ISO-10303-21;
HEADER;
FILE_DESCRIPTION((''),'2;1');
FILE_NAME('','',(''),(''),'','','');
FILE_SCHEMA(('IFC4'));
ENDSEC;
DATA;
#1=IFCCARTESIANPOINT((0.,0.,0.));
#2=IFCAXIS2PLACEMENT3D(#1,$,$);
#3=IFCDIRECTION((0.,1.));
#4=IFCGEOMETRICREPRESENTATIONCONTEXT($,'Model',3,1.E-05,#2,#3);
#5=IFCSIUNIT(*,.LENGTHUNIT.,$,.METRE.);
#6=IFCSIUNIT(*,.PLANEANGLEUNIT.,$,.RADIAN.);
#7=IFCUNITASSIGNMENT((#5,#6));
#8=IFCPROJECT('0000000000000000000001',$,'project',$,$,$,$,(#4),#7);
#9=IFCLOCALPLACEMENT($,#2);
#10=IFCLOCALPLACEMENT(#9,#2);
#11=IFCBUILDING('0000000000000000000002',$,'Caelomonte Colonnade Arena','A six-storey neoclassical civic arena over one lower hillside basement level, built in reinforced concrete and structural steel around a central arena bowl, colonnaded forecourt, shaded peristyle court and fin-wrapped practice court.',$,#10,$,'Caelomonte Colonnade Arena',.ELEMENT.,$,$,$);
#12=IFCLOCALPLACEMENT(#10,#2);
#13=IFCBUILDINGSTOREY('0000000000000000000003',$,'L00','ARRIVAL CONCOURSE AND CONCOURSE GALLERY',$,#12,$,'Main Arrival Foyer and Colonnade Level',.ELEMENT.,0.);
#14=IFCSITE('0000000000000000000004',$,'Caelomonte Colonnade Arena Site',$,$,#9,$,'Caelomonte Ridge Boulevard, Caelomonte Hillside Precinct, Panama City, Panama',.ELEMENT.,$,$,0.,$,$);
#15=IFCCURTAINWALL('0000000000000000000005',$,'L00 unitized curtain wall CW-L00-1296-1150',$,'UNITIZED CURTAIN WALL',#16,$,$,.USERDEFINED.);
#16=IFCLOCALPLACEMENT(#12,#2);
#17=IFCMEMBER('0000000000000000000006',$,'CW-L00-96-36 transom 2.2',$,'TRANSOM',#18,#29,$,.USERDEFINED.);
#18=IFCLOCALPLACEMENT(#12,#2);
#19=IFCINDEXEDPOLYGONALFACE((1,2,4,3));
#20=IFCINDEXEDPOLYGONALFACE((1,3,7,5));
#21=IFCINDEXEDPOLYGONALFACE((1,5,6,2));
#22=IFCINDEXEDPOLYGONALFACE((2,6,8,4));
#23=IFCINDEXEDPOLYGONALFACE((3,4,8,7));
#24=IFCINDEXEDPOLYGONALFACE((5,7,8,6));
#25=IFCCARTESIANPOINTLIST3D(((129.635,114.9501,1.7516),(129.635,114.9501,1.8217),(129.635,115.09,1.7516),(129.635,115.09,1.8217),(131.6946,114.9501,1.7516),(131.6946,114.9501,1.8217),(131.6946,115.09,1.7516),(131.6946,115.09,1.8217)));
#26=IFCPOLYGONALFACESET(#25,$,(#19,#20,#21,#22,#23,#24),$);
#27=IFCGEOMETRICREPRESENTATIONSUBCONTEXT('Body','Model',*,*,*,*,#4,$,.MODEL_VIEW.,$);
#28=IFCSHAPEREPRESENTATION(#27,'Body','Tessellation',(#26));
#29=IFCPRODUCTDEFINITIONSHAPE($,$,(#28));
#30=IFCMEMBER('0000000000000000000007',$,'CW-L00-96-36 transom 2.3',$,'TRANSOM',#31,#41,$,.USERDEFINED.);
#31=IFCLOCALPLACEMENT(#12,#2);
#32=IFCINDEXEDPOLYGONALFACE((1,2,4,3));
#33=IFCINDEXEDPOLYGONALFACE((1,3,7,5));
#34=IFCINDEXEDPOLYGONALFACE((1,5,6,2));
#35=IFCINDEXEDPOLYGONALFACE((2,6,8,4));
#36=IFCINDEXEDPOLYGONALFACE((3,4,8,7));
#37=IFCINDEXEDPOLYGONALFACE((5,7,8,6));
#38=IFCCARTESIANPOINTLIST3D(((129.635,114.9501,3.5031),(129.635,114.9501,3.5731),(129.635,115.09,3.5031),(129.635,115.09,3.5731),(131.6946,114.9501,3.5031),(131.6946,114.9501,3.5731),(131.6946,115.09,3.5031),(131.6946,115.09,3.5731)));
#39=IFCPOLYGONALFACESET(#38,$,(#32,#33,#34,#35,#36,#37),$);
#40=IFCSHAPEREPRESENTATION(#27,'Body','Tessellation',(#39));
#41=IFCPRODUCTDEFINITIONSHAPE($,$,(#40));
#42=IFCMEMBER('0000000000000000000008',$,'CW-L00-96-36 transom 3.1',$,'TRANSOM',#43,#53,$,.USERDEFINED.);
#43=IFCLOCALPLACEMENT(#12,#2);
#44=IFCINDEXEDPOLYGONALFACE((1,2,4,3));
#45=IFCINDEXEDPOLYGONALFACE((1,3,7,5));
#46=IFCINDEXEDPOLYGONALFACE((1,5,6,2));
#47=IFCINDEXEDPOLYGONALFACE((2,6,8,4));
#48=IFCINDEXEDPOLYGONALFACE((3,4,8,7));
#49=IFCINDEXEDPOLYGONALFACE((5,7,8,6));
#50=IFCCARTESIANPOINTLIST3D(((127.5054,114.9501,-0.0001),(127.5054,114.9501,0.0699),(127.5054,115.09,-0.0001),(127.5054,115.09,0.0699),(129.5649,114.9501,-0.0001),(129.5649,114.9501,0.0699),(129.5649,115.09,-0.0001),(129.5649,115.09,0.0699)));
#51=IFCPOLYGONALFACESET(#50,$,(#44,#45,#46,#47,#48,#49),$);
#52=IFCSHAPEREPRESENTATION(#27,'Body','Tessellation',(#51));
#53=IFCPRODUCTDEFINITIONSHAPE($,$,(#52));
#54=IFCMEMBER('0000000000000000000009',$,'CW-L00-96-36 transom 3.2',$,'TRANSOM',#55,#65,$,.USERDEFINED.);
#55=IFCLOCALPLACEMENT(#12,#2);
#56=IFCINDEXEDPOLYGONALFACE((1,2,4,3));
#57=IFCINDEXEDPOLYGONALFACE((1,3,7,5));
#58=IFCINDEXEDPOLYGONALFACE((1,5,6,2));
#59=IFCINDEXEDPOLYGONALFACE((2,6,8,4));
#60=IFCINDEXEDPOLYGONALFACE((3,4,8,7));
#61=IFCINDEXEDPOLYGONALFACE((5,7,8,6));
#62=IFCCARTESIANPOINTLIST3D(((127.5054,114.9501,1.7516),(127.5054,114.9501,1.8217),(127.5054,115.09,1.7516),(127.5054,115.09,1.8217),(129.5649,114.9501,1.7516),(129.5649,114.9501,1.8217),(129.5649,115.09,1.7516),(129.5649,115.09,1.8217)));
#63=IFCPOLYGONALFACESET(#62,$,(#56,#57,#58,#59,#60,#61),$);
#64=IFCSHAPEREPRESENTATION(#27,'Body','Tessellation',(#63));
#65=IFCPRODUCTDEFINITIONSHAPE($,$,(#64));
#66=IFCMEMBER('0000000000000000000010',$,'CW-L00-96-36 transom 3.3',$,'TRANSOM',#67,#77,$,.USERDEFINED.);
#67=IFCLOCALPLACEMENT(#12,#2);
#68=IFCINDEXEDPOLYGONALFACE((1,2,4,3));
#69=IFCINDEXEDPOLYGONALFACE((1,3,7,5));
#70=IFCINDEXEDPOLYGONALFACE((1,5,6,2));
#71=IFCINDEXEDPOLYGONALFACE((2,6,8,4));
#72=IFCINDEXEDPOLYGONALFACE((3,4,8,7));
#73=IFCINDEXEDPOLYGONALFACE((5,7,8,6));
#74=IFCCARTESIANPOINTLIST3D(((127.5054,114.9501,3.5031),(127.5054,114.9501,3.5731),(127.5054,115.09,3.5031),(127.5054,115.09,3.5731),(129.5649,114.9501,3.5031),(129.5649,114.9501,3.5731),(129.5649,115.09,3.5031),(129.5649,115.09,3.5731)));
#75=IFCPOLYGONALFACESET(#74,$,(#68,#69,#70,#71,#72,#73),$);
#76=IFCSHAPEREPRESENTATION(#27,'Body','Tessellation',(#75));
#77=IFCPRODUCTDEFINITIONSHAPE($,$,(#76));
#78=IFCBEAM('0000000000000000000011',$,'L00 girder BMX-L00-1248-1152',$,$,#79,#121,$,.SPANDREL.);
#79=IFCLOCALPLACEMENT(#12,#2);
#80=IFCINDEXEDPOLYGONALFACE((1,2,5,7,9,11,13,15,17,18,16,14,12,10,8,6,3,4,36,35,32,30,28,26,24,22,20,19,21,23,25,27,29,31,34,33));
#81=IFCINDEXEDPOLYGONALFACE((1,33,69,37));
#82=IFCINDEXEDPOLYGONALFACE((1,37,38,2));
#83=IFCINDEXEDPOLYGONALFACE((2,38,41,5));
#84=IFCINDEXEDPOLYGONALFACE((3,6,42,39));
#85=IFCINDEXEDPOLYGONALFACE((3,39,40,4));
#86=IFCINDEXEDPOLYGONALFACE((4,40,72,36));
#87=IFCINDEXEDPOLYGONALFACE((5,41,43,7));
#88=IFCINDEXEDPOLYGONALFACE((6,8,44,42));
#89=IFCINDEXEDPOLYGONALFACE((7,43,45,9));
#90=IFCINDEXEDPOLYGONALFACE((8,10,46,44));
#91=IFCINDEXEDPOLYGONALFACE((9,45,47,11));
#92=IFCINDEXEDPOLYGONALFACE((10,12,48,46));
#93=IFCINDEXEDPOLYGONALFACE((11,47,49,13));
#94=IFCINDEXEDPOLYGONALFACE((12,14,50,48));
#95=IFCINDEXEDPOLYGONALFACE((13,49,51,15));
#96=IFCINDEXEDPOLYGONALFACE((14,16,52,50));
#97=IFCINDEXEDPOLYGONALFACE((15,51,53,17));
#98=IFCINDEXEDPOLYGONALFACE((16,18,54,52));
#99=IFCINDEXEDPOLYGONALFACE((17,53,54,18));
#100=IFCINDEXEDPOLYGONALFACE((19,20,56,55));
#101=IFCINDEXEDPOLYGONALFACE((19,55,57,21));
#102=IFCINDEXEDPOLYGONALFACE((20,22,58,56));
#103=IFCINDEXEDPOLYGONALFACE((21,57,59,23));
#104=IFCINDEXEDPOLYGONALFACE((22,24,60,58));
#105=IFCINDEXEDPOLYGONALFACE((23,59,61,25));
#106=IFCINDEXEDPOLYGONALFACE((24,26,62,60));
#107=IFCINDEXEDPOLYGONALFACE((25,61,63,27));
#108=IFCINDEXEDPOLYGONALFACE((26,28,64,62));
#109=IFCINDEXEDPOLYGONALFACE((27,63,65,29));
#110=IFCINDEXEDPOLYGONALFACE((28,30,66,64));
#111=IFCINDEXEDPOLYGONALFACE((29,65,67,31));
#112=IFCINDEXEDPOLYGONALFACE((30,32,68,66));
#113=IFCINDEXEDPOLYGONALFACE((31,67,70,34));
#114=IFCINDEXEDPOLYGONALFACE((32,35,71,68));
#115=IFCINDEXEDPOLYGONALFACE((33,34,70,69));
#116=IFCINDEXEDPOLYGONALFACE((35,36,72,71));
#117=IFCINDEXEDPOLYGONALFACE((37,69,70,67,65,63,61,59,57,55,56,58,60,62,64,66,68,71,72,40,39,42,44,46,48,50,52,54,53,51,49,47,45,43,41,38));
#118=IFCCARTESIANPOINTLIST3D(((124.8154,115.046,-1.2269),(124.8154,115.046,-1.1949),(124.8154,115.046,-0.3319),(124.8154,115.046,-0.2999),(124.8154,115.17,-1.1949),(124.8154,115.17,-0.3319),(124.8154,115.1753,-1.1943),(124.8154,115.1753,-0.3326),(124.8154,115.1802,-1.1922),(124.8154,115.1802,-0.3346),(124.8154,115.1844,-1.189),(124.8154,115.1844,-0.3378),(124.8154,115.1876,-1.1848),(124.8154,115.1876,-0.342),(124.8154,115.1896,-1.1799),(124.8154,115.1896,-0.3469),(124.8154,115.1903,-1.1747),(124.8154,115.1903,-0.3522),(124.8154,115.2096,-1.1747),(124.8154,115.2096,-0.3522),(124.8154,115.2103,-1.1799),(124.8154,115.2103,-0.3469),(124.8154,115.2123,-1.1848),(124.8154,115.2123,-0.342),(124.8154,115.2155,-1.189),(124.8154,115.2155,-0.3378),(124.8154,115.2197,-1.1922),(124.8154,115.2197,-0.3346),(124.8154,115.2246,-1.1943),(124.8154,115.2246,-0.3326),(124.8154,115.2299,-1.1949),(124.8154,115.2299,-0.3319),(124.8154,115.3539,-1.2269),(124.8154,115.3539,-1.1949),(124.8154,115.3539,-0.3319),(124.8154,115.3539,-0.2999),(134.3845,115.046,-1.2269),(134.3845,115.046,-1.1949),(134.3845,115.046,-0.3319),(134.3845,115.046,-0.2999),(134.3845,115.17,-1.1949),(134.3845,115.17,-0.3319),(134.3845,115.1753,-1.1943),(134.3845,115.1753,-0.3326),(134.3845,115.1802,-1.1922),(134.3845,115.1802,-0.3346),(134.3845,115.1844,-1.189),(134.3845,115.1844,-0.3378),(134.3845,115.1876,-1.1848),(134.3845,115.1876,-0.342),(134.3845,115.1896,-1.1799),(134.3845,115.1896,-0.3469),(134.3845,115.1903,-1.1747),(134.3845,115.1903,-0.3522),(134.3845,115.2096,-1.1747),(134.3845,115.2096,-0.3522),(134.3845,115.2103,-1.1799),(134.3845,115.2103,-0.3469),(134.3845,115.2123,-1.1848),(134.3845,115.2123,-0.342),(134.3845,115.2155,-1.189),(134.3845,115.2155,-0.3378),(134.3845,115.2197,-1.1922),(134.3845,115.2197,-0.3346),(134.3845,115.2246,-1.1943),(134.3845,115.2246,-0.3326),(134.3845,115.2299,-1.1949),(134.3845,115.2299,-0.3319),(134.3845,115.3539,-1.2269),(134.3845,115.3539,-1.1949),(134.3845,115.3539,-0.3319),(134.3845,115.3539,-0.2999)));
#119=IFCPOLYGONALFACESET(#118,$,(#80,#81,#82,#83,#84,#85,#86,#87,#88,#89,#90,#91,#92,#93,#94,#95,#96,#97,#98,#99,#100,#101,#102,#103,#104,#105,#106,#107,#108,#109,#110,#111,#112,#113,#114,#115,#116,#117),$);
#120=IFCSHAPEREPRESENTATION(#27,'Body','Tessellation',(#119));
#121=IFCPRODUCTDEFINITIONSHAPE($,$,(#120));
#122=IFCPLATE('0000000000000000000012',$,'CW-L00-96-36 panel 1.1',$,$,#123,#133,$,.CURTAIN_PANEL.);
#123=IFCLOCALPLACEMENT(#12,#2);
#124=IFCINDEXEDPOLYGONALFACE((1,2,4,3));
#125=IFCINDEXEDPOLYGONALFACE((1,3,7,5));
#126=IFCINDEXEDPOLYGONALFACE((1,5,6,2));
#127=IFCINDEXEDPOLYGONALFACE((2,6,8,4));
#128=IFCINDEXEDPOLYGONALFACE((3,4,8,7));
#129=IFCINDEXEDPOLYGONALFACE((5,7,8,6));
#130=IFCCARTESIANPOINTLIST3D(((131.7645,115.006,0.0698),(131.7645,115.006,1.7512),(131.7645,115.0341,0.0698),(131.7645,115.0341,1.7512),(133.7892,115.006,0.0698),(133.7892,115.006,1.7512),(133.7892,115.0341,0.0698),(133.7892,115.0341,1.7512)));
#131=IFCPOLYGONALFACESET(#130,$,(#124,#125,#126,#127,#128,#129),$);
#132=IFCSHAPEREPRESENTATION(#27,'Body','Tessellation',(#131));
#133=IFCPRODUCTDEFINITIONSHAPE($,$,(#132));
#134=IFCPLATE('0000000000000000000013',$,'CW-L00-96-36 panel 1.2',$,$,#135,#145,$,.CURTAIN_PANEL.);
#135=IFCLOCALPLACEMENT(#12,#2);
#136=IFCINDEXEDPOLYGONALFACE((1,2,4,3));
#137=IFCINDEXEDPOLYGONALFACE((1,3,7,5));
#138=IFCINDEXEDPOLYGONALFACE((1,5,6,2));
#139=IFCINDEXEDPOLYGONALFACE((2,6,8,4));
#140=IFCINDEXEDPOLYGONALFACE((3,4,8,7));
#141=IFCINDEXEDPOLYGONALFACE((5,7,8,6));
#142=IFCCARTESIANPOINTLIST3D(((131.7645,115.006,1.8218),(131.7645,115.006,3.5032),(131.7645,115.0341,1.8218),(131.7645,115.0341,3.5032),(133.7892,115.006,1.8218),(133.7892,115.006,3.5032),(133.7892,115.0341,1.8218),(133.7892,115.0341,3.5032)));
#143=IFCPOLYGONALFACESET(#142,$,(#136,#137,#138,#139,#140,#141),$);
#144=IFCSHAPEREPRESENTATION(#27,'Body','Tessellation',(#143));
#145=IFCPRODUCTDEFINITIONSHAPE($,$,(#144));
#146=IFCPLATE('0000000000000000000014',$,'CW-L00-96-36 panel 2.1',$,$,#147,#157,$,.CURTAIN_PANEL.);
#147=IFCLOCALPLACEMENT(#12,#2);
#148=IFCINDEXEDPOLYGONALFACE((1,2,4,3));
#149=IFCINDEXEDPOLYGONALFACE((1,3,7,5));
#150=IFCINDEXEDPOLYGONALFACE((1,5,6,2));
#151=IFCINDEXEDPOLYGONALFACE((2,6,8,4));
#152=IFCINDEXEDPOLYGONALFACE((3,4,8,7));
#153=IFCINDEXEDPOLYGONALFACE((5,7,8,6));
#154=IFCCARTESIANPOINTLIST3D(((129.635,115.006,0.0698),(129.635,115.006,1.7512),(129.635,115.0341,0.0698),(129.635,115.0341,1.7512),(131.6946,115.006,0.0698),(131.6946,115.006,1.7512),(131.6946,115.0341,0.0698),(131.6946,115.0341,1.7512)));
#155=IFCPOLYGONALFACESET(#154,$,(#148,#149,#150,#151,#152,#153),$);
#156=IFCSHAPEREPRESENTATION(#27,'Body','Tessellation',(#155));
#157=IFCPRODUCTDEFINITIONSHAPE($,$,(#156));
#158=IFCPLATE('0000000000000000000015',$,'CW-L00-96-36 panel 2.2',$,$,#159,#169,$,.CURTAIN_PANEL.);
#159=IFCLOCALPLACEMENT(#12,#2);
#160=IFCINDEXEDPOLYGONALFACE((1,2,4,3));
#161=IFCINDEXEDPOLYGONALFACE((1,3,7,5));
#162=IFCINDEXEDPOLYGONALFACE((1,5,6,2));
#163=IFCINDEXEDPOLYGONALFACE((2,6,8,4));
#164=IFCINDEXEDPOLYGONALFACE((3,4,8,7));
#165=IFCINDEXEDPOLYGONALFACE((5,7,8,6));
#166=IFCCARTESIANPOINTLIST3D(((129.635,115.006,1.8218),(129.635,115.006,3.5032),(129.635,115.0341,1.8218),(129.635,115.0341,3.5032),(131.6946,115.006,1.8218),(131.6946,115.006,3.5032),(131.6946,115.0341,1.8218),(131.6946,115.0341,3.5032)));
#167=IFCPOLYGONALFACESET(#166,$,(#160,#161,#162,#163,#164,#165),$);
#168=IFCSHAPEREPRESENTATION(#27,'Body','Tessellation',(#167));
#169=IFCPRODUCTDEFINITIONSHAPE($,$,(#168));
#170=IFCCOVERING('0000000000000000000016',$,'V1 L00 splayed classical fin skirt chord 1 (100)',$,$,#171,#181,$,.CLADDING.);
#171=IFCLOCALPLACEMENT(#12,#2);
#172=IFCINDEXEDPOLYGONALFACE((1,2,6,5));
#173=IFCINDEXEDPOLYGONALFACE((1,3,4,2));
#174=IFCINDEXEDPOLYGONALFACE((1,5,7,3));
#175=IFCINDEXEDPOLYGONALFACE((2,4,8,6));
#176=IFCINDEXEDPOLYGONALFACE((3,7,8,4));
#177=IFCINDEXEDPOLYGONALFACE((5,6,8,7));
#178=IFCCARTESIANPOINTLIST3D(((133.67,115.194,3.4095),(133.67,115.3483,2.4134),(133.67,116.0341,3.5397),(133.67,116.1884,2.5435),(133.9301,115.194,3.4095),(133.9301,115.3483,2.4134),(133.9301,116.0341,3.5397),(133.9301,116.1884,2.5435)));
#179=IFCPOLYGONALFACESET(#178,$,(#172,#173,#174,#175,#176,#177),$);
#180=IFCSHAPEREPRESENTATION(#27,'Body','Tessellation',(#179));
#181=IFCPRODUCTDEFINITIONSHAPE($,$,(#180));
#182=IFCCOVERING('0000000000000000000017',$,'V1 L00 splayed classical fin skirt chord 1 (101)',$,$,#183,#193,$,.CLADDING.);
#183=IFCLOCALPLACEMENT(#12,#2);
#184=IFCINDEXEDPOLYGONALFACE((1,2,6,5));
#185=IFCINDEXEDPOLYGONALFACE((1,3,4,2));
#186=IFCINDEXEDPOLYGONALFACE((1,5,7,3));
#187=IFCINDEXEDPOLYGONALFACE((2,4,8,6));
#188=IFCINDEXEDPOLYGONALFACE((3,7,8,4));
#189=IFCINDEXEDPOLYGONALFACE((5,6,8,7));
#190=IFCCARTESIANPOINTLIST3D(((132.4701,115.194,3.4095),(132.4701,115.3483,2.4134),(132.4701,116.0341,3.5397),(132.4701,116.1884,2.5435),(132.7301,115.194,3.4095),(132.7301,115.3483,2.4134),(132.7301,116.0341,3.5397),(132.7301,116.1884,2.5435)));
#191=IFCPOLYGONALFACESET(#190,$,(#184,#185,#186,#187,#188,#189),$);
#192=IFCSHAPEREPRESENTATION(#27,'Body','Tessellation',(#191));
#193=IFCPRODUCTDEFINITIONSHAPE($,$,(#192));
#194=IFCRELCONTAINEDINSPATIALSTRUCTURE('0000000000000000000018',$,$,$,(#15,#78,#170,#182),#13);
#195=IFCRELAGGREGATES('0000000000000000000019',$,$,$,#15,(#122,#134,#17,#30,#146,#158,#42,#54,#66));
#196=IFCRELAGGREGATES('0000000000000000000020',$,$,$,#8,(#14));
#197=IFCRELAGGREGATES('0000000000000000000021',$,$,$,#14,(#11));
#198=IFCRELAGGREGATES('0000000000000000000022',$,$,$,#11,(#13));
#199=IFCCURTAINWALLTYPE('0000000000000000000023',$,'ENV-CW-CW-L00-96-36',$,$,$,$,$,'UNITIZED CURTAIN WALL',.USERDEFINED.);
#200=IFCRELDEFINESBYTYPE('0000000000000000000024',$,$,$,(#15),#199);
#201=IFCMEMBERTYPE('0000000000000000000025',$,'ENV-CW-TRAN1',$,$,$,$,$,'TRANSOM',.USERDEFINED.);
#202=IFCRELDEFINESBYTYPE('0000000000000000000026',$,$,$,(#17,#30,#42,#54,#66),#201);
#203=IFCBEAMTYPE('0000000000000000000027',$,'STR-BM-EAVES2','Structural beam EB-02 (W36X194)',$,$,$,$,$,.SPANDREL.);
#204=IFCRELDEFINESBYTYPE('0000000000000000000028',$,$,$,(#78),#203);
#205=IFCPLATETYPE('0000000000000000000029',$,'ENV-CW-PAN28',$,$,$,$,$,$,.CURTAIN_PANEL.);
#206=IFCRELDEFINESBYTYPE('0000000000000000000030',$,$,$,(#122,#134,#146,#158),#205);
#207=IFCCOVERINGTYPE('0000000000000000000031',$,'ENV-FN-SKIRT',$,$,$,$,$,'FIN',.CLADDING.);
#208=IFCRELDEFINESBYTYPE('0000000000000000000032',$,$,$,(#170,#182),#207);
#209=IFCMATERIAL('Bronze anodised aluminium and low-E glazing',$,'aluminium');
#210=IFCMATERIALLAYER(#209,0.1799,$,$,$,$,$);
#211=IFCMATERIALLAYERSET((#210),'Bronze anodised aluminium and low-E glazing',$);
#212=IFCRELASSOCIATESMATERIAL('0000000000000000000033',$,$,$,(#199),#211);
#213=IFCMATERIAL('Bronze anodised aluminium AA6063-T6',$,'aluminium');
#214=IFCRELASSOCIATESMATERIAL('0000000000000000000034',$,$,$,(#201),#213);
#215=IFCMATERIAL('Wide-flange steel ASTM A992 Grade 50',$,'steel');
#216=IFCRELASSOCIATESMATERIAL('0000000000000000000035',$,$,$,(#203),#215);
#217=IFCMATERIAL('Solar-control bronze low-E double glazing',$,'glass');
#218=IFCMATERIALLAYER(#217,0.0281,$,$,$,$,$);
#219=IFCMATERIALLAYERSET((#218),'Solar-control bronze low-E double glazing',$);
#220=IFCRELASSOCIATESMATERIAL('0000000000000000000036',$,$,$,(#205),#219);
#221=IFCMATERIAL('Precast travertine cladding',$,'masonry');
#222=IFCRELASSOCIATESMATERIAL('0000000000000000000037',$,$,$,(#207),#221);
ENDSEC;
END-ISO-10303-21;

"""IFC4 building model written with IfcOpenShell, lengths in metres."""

from ifc_helpers import new_model, si_unit, direction, frame, origin, origin_2d, place, context, subcontext, project, spatial, rectangle, i_section, extrude, material, layer, layer_set, material_profile, profile_set, type_object, element, aggregate, save


model = new_model("IFC4")

# Units and contexts
model_context = context("Model", 3, precision=1e-05, world=origin(), true_north=direction((0.0, 1.0)))
body_context = subcontext(model_context, "Body", "Model", "MODEL_VIEW")
ifc_project = project(units=[si_unit("LENGTHUNIT", "METRE"), si_unit("PLANEANGLEUNIT", "RADIAN")], contexts=[model_context])

# Site, building, storey
site_placement = place(None, origin())
site = spatial("IfcSite", under=ifc_project, at=site_placement, Name="Caelomonte Colonnade Arena Site", LongName="Caelomonte Ridge Boulevard, Caelomonte Hillside Precinct, Panama City, Panama", CompositionType="ELEMENT", RefElevation=0.0)
building_placement = place(site_placement, origin())
building = spatial("IfcBuilding", under=site, at=building_placement, Name="Caelomonte Colonnade Arena", Description="A six-storey neoclassical civic arena over one lower hillside basement level, built in reinforced concrete and structural steel around a central arena bowl, colonnaded forecourt, shaded peristyle court and fin-wrapped practice court.", LongName="Caelomonte Colonnade Arena", CompositionType="ELEMENT")
storey_placement = place(building_placement, origin())
storey = spatial("IfcBuildingStorey", under=building, at=storey_placement, Name="L00", Description="ARRIVAL CONCOURSE AND CONCOURSE GALLERY", LongName="Main Arrival Foyer and Colonnade Level", CompositionType="ELEMENT", Elevation=0.0)

# Shared definitions
ifc_material_1 = material(Name="Wide-flange steel ASTM A992 Grade 50", Category="steel")

# Curtain wall, members
ifc_material_2 = material(Name="Bronze anodised aluminium and low-E glazing", Category="aluminium")
ifc_layer_1 = layer(ifc_material_2, 0.1799)
ifc_layer_set_1 = layer_set([ifc_layer_1], Name="Bronze anodised aluminium and low-E glazing")
curtain_wall_type = type_object("IfcCurtainWallType", Name="ENV-CW-CW-L00-96-36", ElementType="UNITIZED CURTAIN WALL", PredefinedType="USERDEFINED", material=ifc_layer_set_1)
curtain_wall_placement = place(storey_placement, origin())
curtain_wall = element("IfcCurtainWall", 1, at=curtain_wall_placement, inside=storey, type_object=curtain_wall_type, Name="L00 unitized curtain wall CW-L00-1296-1150", ObjectType="UNITIZED CURTAIN WALL", PredefinedType="USERDEFINED")
ifc_material_3 = material(Name="Bronze anodised aluminium AA6063-T6", Category="aluminium")
ifc_material_profile_1 = material_profile(ifc_material_3, rectangle(XDim=0.0701, YDim=0.1399, at=origin_2d()), Name="CWT-70X140")
ifc_profile_set_1 = profile_set([ifc_material_profile_1], Name="Bronze anodised aluminium AA6063-T6")
member_type_1 = type_object("IfcMemberType", Name="ENV-CW-TRAN1", ElementType="TRANSOM", PredefinedType="USERDEFINED", material=ifc_profile_set_1)
member_1_placement = place(storey_placement, frame((131.6946, 115.02, 1.7866), z_axis=(-1.0, 0.0, 0.0), x_axis=(0.0, 0.0, 1.0)))
member_1 = element("IfcMember", 2, at=member_1_placement, type_object=member_type_1, Name="CW-L00-96-36 transom 2.2", ObjectType="TRANSOM", PredefinedType="USERDEFINED", context=body_context, shape_type="SweptSolid", body=[
    extrude(rectangle(XDim=0.0701, YDim=0.1399, at=origin_2d()), origin(), (0.0, 0.0, 1.0), 2.0596),
])
member_2_placement = place(storey_placement, frame((131.6946, 115.02, 3.5381), z_axis=(-1.0, 0.0, 0.0), x_axis=(0.0, 0.0, 1.0)))
member_2 = element("IfcMember", 3, at=member_2_placement, type_object=member_type_1, Name="CW-L00-96-36 transom 2.3", ObjectType="TRANSOM", PredefinedType="USERDEFINED", context=body_context, shape_type="SweptSolid", body=[
    extrude(rectangle(XDim=0.0701, YDim=0.1399, at=origin_2d()), origin(), (0.0, 0.0, 1.0), 2.0596),
])
member_3_placement = place(storey_placement, frame((129.5649, 115.02, 0.0349), z_axis=(-1.0, 0.0, 0.0), x_axis=(0.0, 0.0, 1.0)))
member_3 = element("IfcMember", 4, at=member_3_placement, type_object=member_type_1, Name="CW-L00-96-36 transom 3.1", ObjectType="TRANSOM", PredefinedType="USERDEFINED", context=body_context, shape_type="SweptSolid", body=[
    extrude(rectangle(XDim=0.0701, YDim=0.1399, at=origin_2d()), origin(), (0.0, 0.0, 1.0), 2.0596),
])
member_4_placement = place(storey_placement, frame((129.5649, 115.02, 1.7866), z_axis=(-1.0, 0.0, 0.0), x_axis=(0.0, 0.0, 1.0)))
member_4 = element("IfcMember", 5, at=member_4_placement, type_object=member_type_1, Name="CW-L00-96-36 transom 3.2", ObjectType="TRANSOM", PredefinedType="USERDEFINED", context=body_context, shape_type="SweptSolid", body=[
    extrude(rectangle(XDim=0.0701, YDim=0.1399, at=origin_2d()), origin(), (0.0, 0.0, 1.0), 2.0596),
])
member_5_placement = place(storey_placement, frame((129.5649, 115.02, 3.5381), z_axis=(-1.0, 0.0, 0.0), x_axis=(0.0, 0.0, 1.0)))
member_5 = element("IfcMember", 6, at=member_5_placement, type_object=member_type_1, Name="CW-L00-96-36 transom 3.3", ObjectType="TRANSOM", PredefinedType="USERDEFINED", context=body_context, shape_type="SweptSolid", body=[
    extrude(rectangle(XDim=0.0701, YDim=0.1399, at=origin_2d()), origin(), (0.0, 0.0, 1.0), 2.0596),
])

# Beam
ifc_material_profile_2 = material_profile(ifc_material_1, i_section(OverallWidth=0.3079, OverallDepth=0.927, WebThickness=0.0193, FlangeThickness=0.032, FilletRadius=0.0203, at=origin_2d()), Name="W36X194")
ifc_profile_set_2 = profile_set([ifc_material_profile_2], Name="Wide-flange steel ASTM A992 Grade 50")
beam_type = type_object("IfcBeamType", Name="STR-BM-EAVES2", Description="Structural beam EB-02 (W36X194)", PredefinedType="SPANDREL", material=ifc_profile_set_2)
beam_placement = place(storey_placement, frame((124.8154, 115.2, -0.7634), z_axis=(1.0, 0.0, 0.0), x_axis=(0.0, 1.0, 0.0)))
element("IfcBeam", 7, at=beam_placement, inside=storey, type_object=beam_type, Name="L00 girder BMX-L00-1248-1152", PredefinedType="SPANDREL", context=body_context, shape_type="SweptSolid", body=[
    extrude(i_section(OverallWidth=0.3079, OverallDepth=0.927, WebThickness=0.0193, FlangeThickness=0.032, FilletRadius=0.0203, at=origin_2d()), origin(), (0.0, 0.0, 1.0), 9.5691),
])

# Plates
ifc_material_4 = material(Name="Solar-control bronze low-E double glazing", Category="glass")
ifc_layer_2 = layer(ifc_material_4, 0.0281)
ifc_layer_set_2 = layer_set([ifc_layer_2], Name="Solar-control bronze low-E double glazing")
plate_type = type_object("IfcPlateType", Name="ENV-CW-PAN28", PredefinedType="CURTAIN_PANEL", material=ifc_layer_set_2)
plate_1_placement = place(storey_placement, frame((132.7769, 115.02, 0.0698), z_axis=(0.0, 0.0, 1.0), x_axis=(-1.0, 0.0, 0.0)))
plate_1 = element("IfcPlate", 8, at=plate_1_placement, type_object=plate_type, Name="CW-L00-96-36 panel 1.1", PredefinedType="CURTAIN_PANEL", context=body_context, shape_type="SweptSolid", body=[
    extrude(rectangle(XDim=2.0247, YDim=0.0281, at=origin_2d()), origin(), (0.0, 0.0, 1.0), 1.6814),
])
plate_2_placement = place(storey_placement, frame((132.7769, 115.02, 1.8218), z_axis=(0.0, 0.0, 1.0), x_axis=(-1.0, 0.0, 0.0)))
plate_2 = element("IfcPlate", 9, at=plate_2_placement, type_object=plate_type, Name="CW-L00-96-36 panel 1.2", PredefinedType="CURTAIN_PANEL", context=body_context, shape_type="SweptSolid", body=[
    extrude(rectangle(XDim=2.0247, YDim=0.0281, at=origin_2d()), origin(), (0.0, 0.0, 1.0), 1.6814),
])
plate_3_placement = place(storey_placement, frame((130.6648, 115.02, 0.0698), z_axis=(0.0, 0.0, 1.0), x_axis=(-1.0, 0.0, 0.0)))
plate_3 = element("IfcPlate", 10, at=plate_3_placement, type_object=plate_type, Name="CW-L00-96-36 panel 2.1", PredefinedType="CURTAIN_PANEL", context=body_context, shape_type="SweptSolid", body=[
    extrude(rectangle(XDim=2.0596, YDim=0.0281, at=origin_2d()), origin(), (0.0, 0.0, 1.0), 1.6814),
])
plate_4_placement = place(storey_placement, frame((130.6648, 115.02, 1.8218), z_axis=(0.0, 0.0, 1.0), x_axis=(-1.0, 0.0, 0.0)))
plate_4 = element("IfcPlate", 11, at=plate_4_placement, type_object=plate_type, Name="CW-L00-96-36 panel 2.2", PredefinedType="CURTAIN_PANEL", context=body_context, shape_type="SweptSolid", body=[
    extrude(rectangle(XDim=2.0596, YDim=0.0281, at=origin_2d()), origin(), (0.0, 0.0, 1.0), 1.6814),
])
aggregate(curtain_wall, [plate_1, plate_2, member_1, member_2, plate_3, plate_4, member_3, member_4, member_5])

# Coverings
ifc_material_5 = material(Name="Precast travertine cladding", Category="masonry")
ifc_material_profile_3 = material_profile(ifc_material_5, rectangle(XDim=0.26, YDim=0.8501, at=origin_2d()), Name="FIN260X850")
ifc_profile_set_3 = profile_set([ifc_material_profile_3], Name="Precast travertine cladding")
covering_type = type_object("IfcCoveringType", Name="ENV-FN-SKIRT", ElementType="FIN", PredefinedType="CLADDING", material=ifc_profile_set_3)
for number, where, z_axis, x_axis, name in (
    (12, (133.8, 115.614, 3.4746), (0.0, 0.153076, -0.988214), (-1.0, 0.0, 0.0), "V1 L00 splayed classical fin skirt chord 1 (100)"),
    (13, (132.6001, 115.614, 3.4746), (0.0, 0.153076, -0.988214), (-1.0, 0.0, 0.0), "V1 L00 splayed classical fin skirt chord 1 (101)"),
):
    element("IfcCovering", number, at=place(storey_placement, frame(where, z_axis=z_axis, x_axis=x_axis)), inside=storey, type_object=covering_type, Name=name, PredefinedType="CLADDING", context=body_context, shape_type="SweptSolid", body=[
        extrude(rectangle(XDim=0.26, YDim=0.8501, at=origin_2d()), origin(), (0.0, 0.0, 1.0), 1.0081),
    ])

save(model, "model.ifc")
